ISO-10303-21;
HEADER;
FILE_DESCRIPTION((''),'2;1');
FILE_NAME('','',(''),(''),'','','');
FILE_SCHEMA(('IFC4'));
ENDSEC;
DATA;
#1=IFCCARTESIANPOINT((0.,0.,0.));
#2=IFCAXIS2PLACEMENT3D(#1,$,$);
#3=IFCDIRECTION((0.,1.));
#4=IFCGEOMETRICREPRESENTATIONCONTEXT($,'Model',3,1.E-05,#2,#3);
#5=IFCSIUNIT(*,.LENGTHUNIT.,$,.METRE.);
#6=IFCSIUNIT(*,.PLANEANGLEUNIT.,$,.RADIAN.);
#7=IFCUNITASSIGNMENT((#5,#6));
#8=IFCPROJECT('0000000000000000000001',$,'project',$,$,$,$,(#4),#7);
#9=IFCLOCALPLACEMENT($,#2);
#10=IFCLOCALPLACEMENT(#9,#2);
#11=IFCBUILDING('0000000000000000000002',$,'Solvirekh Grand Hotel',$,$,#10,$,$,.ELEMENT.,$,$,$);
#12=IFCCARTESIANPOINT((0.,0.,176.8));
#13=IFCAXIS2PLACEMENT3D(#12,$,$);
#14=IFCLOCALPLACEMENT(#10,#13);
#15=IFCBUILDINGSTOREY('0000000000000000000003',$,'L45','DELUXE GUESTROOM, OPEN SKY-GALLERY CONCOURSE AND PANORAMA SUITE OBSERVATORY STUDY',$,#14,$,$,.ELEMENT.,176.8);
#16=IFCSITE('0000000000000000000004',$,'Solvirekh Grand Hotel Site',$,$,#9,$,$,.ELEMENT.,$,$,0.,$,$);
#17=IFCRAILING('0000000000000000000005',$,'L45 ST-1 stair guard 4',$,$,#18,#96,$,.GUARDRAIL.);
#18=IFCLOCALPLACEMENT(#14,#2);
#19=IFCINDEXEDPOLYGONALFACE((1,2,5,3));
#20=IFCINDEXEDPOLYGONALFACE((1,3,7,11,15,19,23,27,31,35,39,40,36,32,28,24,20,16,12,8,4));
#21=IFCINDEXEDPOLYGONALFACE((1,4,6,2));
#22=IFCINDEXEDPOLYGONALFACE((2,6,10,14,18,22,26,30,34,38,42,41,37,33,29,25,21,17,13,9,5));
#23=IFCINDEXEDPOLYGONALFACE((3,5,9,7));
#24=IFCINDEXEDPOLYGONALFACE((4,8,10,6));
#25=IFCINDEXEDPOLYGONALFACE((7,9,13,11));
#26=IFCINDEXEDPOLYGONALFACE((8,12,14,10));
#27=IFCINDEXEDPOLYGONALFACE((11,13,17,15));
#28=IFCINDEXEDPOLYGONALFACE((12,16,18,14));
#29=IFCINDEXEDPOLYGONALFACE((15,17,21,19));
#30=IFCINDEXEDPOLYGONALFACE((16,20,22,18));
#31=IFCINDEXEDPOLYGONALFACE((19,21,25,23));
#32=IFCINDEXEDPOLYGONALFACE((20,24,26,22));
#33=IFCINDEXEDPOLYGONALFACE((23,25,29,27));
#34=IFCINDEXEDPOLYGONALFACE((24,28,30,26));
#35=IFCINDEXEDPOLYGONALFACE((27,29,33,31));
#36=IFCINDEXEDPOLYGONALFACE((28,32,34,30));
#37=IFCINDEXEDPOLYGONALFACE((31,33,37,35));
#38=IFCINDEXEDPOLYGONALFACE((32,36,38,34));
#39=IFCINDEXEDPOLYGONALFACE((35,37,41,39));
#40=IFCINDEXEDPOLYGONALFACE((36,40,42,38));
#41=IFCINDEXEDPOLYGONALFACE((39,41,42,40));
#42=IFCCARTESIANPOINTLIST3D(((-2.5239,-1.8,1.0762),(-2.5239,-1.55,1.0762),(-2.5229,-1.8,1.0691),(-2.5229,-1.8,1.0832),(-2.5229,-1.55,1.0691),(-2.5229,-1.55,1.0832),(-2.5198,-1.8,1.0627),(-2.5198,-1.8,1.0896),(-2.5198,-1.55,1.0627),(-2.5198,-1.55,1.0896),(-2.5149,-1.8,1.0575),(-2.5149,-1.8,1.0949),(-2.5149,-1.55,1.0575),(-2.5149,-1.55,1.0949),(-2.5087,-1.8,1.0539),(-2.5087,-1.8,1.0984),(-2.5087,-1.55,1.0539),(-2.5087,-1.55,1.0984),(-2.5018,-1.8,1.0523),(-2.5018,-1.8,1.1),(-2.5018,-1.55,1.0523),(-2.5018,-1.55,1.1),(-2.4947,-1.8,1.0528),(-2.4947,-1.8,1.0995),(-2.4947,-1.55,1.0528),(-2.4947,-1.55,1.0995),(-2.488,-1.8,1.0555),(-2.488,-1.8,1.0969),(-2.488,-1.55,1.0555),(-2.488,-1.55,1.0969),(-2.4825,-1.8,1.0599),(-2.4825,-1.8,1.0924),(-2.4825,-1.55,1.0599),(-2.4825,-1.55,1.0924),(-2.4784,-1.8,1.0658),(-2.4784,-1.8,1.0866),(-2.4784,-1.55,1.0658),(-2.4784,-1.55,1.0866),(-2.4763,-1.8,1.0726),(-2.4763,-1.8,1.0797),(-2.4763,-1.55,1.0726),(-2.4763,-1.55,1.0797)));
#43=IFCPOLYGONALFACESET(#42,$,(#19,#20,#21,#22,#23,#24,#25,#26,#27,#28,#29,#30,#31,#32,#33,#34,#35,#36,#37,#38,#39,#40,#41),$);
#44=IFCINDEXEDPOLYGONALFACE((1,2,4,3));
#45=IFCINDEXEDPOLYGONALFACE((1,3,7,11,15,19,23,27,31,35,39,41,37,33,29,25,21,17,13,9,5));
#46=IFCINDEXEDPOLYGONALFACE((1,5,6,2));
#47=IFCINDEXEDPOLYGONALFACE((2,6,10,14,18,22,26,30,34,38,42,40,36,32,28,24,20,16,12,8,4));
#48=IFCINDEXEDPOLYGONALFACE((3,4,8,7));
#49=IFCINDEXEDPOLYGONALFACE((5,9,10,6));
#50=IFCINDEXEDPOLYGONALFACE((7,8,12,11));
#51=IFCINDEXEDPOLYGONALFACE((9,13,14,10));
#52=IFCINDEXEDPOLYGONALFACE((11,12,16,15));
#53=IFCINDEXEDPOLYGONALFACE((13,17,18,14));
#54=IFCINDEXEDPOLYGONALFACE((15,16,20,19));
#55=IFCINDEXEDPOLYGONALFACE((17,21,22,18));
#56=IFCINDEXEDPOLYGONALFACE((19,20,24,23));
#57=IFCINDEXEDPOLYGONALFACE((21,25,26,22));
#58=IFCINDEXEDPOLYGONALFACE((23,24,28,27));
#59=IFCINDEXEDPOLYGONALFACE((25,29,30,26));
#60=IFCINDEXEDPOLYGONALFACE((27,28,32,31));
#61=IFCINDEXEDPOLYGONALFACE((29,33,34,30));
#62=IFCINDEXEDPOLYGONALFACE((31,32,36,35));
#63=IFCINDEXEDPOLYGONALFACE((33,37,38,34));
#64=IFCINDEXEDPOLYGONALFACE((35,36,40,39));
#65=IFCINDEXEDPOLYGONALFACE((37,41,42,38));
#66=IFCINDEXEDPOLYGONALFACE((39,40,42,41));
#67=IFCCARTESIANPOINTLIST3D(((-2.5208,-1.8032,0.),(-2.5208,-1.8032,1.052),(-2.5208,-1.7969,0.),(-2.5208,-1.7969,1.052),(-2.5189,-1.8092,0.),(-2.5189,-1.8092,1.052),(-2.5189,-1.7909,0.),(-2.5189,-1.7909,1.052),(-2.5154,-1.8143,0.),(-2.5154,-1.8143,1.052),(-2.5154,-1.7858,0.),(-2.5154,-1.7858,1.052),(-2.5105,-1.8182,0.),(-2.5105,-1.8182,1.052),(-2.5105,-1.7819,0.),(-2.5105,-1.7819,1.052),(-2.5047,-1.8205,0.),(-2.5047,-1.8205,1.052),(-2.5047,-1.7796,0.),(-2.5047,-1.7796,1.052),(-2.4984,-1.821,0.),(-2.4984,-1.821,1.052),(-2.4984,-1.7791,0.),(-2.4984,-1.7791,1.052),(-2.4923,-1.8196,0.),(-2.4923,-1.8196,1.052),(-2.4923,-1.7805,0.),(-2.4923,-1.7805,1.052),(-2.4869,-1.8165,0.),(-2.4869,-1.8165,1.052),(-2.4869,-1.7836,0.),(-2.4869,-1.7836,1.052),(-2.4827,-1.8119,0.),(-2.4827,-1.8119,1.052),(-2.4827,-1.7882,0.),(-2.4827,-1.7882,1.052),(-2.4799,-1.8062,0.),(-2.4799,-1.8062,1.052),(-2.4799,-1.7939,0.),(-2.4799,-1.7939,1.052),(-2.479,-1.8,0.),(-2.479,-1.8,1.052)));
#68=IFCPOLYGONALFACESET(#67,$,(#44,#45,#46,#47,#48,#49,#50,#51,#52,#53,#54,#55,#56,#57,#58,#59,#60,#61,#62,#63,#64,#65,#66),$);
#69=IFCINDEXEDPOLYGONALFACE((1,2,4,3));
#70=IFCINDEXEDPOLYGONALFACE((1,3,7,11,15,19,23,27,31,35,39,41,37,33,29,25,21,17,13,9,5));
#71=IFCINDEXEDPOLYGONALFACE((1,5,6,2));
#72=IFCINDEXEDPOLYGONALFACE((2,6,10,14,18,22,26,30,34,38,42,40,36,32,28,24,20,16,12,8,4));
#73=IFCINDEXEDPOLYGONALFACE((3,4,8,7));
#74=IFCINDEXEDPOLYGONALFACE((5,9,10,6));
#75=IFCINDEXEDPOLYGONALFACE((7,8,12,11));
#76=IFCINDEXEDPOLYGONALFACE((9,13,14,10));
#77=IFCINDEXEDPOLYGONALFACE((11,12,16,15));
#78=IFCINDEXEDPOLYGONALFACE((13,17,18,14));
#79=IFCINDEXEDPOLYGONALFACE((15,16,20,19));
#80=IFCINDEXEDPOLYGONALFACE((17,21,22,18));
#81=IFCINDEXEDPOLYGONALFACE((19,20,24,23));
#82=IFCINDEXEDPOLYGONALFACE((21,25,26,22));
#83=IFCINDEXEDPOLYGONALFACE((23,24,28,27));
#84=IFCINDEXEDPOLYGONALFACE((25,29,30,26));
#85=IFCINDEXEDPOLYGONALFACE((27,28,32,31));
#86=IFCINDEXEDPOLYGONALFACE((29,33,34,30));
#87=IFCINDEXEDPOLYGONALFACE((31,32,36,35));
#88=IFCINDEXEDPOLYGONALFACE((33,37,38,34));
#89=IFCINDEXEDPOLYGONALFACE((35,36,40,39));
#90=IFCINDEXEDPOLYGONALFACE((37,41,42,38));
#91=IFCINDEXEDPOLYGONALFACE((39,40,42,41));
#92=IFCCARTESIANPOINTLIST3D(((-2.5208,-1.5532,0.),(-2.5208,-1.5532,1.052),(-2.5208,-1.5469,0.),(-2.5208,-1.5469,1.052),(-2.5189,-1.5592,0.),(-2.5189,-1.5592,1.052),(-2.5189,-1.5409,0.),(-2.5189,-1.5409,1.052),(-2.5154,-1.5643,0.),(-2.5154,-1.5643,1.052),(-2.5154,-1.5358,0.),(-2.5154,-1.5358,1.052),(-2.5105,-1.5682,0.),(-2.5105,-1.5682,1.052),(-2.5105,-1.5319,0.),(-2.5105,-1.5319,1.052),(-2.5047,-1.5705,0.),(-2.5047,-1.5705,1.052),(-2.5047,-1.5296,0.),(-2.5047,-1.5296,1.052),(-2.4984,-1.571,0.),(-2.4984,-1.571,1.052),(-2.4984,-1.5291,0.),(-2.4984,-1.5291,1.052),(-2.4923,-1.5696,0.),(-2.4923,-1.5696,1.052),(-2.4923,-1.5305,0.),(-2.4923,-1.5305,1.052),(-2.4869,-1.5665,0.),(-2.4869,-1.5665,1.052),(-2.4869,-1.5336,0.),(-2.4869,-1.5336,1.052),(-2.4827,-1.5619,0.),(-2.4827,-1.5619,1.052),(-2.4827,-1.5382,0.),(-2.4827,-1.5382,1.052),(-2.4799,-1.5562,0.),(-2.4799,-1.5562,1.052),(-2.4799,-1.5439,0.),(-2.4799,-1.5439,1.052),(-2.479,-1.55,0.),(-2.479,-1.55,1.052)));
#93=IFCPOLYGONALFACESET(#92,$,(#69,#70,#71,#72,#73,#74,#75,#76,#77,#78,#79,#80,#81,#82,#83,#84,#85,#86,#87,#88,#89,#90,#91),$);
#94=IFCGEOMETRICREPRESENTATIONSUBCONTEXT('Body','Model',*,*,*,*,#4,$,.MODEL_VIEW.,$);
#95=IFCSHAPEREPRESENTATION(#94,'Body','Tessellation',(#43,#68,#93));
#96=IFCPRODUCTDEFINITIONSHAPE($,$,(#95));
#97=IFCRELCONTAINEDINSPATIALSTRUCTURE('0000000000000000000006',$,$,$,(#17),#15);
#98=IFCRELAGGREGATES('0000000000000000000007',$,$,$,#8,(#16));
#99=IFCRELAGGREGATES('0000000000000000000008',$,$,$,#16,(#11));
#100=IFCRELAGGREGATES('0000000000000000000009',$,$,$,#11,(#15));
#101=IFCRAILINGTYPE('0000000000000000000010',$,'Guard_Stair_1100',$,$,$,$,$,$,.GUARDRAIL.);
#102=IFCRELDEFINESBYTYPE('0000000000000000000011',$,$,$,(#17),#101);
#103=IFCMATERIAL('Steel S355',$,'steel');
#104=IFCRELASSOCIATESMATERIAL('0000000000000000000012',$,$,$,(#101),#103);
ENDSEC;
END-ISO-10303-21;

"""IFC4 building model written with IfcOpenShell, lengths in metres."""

from ifc_helpers import new_model, si_unit, direction, frame, origin, origin_2d, place, context, subcontext, project, spatial, circle, extrude, material, type_object, element, save


model = new_model("IFC4")

# Units and contexts
model_context = context("Model", 3, precision=1e-05, world=origin(), true_north=direction((0.0, 1.0)))
body_context = subcontext(model_context, "Body", "Model", "MODEL_VIEW")
ifc_project = project(units=[si_unit("LENGTHUNIT", "METRE"), si_unit("PLANEANGLEUNIT", "RADIAN")], contexts=[model_context])

# Site, building, storey
site_placement = place(None, origin())
site = spatial("IfcSite", under=ifc_project, at=site_placement, Name="Solvirekh Grand Hotel Site", CompositionType="ELEMENT", RefElevation=0.0)
building_placement = place(site_placement, origin())
building = spatial("IfcBuilding", under=site, at=building_placement, Name="Solvirekh Grand Hotel", CompositionType="ELEMENT")
storey_placement = place(building_placement, frame((0.0, 0.0, 176.8)))
storey = spatial("IfcBuildingStorey", under=building, at=storey_placement, Name="L45", Description="DELUXE GUESTROOM, OPEN SKY-GALLERY CONCOURSE AND PANORAMA SUITE OBSERVATORY STUDY", CompositionType="ELEMENT", Elevation=176.8)

# Shared definitions
ifc_material_1 = material(Name="Steel S355", Category="steel")

# Railing
railing_type_1 = type_object("IfcRailingType", Name="Guard_Stair_1100", PredefinedType="GUARDRAIL", material=ifc_material_1)
railing_1_placement = place(storey_placement, frame((-2.5, -1.8, 0.0)))
element("IfcRailing", 1, at=railing_1_placement, inside=storey, type_object=railing_type_1, Name="L45 ST-1 stair guard 4", PredefinedType="GUARDRAIL", context=body_context, shape_type="SweptSolid", body=[
    extrude(circle(Radius=0.0239, at=origin_2d()), frame((0.0, 0.0, 1.0762), z_axis=(0.0, 1.0, 0.0), x_axis=(-1.0, 0.0, 0.0)), (0.0, 0.0, 1.0), 0.25),
    extrude(circle(Radius=0.021, at=origin_2d()), origin(), (0.0, 0.0, 1.0), 1.052),
    extrude(circle(Radius=0.021, at=origin_2d()), frame((0.0, 0.25, 0.0)), (0.0, 0.0, 1.0), 1.052),
])

save(model, "model.ifc")
